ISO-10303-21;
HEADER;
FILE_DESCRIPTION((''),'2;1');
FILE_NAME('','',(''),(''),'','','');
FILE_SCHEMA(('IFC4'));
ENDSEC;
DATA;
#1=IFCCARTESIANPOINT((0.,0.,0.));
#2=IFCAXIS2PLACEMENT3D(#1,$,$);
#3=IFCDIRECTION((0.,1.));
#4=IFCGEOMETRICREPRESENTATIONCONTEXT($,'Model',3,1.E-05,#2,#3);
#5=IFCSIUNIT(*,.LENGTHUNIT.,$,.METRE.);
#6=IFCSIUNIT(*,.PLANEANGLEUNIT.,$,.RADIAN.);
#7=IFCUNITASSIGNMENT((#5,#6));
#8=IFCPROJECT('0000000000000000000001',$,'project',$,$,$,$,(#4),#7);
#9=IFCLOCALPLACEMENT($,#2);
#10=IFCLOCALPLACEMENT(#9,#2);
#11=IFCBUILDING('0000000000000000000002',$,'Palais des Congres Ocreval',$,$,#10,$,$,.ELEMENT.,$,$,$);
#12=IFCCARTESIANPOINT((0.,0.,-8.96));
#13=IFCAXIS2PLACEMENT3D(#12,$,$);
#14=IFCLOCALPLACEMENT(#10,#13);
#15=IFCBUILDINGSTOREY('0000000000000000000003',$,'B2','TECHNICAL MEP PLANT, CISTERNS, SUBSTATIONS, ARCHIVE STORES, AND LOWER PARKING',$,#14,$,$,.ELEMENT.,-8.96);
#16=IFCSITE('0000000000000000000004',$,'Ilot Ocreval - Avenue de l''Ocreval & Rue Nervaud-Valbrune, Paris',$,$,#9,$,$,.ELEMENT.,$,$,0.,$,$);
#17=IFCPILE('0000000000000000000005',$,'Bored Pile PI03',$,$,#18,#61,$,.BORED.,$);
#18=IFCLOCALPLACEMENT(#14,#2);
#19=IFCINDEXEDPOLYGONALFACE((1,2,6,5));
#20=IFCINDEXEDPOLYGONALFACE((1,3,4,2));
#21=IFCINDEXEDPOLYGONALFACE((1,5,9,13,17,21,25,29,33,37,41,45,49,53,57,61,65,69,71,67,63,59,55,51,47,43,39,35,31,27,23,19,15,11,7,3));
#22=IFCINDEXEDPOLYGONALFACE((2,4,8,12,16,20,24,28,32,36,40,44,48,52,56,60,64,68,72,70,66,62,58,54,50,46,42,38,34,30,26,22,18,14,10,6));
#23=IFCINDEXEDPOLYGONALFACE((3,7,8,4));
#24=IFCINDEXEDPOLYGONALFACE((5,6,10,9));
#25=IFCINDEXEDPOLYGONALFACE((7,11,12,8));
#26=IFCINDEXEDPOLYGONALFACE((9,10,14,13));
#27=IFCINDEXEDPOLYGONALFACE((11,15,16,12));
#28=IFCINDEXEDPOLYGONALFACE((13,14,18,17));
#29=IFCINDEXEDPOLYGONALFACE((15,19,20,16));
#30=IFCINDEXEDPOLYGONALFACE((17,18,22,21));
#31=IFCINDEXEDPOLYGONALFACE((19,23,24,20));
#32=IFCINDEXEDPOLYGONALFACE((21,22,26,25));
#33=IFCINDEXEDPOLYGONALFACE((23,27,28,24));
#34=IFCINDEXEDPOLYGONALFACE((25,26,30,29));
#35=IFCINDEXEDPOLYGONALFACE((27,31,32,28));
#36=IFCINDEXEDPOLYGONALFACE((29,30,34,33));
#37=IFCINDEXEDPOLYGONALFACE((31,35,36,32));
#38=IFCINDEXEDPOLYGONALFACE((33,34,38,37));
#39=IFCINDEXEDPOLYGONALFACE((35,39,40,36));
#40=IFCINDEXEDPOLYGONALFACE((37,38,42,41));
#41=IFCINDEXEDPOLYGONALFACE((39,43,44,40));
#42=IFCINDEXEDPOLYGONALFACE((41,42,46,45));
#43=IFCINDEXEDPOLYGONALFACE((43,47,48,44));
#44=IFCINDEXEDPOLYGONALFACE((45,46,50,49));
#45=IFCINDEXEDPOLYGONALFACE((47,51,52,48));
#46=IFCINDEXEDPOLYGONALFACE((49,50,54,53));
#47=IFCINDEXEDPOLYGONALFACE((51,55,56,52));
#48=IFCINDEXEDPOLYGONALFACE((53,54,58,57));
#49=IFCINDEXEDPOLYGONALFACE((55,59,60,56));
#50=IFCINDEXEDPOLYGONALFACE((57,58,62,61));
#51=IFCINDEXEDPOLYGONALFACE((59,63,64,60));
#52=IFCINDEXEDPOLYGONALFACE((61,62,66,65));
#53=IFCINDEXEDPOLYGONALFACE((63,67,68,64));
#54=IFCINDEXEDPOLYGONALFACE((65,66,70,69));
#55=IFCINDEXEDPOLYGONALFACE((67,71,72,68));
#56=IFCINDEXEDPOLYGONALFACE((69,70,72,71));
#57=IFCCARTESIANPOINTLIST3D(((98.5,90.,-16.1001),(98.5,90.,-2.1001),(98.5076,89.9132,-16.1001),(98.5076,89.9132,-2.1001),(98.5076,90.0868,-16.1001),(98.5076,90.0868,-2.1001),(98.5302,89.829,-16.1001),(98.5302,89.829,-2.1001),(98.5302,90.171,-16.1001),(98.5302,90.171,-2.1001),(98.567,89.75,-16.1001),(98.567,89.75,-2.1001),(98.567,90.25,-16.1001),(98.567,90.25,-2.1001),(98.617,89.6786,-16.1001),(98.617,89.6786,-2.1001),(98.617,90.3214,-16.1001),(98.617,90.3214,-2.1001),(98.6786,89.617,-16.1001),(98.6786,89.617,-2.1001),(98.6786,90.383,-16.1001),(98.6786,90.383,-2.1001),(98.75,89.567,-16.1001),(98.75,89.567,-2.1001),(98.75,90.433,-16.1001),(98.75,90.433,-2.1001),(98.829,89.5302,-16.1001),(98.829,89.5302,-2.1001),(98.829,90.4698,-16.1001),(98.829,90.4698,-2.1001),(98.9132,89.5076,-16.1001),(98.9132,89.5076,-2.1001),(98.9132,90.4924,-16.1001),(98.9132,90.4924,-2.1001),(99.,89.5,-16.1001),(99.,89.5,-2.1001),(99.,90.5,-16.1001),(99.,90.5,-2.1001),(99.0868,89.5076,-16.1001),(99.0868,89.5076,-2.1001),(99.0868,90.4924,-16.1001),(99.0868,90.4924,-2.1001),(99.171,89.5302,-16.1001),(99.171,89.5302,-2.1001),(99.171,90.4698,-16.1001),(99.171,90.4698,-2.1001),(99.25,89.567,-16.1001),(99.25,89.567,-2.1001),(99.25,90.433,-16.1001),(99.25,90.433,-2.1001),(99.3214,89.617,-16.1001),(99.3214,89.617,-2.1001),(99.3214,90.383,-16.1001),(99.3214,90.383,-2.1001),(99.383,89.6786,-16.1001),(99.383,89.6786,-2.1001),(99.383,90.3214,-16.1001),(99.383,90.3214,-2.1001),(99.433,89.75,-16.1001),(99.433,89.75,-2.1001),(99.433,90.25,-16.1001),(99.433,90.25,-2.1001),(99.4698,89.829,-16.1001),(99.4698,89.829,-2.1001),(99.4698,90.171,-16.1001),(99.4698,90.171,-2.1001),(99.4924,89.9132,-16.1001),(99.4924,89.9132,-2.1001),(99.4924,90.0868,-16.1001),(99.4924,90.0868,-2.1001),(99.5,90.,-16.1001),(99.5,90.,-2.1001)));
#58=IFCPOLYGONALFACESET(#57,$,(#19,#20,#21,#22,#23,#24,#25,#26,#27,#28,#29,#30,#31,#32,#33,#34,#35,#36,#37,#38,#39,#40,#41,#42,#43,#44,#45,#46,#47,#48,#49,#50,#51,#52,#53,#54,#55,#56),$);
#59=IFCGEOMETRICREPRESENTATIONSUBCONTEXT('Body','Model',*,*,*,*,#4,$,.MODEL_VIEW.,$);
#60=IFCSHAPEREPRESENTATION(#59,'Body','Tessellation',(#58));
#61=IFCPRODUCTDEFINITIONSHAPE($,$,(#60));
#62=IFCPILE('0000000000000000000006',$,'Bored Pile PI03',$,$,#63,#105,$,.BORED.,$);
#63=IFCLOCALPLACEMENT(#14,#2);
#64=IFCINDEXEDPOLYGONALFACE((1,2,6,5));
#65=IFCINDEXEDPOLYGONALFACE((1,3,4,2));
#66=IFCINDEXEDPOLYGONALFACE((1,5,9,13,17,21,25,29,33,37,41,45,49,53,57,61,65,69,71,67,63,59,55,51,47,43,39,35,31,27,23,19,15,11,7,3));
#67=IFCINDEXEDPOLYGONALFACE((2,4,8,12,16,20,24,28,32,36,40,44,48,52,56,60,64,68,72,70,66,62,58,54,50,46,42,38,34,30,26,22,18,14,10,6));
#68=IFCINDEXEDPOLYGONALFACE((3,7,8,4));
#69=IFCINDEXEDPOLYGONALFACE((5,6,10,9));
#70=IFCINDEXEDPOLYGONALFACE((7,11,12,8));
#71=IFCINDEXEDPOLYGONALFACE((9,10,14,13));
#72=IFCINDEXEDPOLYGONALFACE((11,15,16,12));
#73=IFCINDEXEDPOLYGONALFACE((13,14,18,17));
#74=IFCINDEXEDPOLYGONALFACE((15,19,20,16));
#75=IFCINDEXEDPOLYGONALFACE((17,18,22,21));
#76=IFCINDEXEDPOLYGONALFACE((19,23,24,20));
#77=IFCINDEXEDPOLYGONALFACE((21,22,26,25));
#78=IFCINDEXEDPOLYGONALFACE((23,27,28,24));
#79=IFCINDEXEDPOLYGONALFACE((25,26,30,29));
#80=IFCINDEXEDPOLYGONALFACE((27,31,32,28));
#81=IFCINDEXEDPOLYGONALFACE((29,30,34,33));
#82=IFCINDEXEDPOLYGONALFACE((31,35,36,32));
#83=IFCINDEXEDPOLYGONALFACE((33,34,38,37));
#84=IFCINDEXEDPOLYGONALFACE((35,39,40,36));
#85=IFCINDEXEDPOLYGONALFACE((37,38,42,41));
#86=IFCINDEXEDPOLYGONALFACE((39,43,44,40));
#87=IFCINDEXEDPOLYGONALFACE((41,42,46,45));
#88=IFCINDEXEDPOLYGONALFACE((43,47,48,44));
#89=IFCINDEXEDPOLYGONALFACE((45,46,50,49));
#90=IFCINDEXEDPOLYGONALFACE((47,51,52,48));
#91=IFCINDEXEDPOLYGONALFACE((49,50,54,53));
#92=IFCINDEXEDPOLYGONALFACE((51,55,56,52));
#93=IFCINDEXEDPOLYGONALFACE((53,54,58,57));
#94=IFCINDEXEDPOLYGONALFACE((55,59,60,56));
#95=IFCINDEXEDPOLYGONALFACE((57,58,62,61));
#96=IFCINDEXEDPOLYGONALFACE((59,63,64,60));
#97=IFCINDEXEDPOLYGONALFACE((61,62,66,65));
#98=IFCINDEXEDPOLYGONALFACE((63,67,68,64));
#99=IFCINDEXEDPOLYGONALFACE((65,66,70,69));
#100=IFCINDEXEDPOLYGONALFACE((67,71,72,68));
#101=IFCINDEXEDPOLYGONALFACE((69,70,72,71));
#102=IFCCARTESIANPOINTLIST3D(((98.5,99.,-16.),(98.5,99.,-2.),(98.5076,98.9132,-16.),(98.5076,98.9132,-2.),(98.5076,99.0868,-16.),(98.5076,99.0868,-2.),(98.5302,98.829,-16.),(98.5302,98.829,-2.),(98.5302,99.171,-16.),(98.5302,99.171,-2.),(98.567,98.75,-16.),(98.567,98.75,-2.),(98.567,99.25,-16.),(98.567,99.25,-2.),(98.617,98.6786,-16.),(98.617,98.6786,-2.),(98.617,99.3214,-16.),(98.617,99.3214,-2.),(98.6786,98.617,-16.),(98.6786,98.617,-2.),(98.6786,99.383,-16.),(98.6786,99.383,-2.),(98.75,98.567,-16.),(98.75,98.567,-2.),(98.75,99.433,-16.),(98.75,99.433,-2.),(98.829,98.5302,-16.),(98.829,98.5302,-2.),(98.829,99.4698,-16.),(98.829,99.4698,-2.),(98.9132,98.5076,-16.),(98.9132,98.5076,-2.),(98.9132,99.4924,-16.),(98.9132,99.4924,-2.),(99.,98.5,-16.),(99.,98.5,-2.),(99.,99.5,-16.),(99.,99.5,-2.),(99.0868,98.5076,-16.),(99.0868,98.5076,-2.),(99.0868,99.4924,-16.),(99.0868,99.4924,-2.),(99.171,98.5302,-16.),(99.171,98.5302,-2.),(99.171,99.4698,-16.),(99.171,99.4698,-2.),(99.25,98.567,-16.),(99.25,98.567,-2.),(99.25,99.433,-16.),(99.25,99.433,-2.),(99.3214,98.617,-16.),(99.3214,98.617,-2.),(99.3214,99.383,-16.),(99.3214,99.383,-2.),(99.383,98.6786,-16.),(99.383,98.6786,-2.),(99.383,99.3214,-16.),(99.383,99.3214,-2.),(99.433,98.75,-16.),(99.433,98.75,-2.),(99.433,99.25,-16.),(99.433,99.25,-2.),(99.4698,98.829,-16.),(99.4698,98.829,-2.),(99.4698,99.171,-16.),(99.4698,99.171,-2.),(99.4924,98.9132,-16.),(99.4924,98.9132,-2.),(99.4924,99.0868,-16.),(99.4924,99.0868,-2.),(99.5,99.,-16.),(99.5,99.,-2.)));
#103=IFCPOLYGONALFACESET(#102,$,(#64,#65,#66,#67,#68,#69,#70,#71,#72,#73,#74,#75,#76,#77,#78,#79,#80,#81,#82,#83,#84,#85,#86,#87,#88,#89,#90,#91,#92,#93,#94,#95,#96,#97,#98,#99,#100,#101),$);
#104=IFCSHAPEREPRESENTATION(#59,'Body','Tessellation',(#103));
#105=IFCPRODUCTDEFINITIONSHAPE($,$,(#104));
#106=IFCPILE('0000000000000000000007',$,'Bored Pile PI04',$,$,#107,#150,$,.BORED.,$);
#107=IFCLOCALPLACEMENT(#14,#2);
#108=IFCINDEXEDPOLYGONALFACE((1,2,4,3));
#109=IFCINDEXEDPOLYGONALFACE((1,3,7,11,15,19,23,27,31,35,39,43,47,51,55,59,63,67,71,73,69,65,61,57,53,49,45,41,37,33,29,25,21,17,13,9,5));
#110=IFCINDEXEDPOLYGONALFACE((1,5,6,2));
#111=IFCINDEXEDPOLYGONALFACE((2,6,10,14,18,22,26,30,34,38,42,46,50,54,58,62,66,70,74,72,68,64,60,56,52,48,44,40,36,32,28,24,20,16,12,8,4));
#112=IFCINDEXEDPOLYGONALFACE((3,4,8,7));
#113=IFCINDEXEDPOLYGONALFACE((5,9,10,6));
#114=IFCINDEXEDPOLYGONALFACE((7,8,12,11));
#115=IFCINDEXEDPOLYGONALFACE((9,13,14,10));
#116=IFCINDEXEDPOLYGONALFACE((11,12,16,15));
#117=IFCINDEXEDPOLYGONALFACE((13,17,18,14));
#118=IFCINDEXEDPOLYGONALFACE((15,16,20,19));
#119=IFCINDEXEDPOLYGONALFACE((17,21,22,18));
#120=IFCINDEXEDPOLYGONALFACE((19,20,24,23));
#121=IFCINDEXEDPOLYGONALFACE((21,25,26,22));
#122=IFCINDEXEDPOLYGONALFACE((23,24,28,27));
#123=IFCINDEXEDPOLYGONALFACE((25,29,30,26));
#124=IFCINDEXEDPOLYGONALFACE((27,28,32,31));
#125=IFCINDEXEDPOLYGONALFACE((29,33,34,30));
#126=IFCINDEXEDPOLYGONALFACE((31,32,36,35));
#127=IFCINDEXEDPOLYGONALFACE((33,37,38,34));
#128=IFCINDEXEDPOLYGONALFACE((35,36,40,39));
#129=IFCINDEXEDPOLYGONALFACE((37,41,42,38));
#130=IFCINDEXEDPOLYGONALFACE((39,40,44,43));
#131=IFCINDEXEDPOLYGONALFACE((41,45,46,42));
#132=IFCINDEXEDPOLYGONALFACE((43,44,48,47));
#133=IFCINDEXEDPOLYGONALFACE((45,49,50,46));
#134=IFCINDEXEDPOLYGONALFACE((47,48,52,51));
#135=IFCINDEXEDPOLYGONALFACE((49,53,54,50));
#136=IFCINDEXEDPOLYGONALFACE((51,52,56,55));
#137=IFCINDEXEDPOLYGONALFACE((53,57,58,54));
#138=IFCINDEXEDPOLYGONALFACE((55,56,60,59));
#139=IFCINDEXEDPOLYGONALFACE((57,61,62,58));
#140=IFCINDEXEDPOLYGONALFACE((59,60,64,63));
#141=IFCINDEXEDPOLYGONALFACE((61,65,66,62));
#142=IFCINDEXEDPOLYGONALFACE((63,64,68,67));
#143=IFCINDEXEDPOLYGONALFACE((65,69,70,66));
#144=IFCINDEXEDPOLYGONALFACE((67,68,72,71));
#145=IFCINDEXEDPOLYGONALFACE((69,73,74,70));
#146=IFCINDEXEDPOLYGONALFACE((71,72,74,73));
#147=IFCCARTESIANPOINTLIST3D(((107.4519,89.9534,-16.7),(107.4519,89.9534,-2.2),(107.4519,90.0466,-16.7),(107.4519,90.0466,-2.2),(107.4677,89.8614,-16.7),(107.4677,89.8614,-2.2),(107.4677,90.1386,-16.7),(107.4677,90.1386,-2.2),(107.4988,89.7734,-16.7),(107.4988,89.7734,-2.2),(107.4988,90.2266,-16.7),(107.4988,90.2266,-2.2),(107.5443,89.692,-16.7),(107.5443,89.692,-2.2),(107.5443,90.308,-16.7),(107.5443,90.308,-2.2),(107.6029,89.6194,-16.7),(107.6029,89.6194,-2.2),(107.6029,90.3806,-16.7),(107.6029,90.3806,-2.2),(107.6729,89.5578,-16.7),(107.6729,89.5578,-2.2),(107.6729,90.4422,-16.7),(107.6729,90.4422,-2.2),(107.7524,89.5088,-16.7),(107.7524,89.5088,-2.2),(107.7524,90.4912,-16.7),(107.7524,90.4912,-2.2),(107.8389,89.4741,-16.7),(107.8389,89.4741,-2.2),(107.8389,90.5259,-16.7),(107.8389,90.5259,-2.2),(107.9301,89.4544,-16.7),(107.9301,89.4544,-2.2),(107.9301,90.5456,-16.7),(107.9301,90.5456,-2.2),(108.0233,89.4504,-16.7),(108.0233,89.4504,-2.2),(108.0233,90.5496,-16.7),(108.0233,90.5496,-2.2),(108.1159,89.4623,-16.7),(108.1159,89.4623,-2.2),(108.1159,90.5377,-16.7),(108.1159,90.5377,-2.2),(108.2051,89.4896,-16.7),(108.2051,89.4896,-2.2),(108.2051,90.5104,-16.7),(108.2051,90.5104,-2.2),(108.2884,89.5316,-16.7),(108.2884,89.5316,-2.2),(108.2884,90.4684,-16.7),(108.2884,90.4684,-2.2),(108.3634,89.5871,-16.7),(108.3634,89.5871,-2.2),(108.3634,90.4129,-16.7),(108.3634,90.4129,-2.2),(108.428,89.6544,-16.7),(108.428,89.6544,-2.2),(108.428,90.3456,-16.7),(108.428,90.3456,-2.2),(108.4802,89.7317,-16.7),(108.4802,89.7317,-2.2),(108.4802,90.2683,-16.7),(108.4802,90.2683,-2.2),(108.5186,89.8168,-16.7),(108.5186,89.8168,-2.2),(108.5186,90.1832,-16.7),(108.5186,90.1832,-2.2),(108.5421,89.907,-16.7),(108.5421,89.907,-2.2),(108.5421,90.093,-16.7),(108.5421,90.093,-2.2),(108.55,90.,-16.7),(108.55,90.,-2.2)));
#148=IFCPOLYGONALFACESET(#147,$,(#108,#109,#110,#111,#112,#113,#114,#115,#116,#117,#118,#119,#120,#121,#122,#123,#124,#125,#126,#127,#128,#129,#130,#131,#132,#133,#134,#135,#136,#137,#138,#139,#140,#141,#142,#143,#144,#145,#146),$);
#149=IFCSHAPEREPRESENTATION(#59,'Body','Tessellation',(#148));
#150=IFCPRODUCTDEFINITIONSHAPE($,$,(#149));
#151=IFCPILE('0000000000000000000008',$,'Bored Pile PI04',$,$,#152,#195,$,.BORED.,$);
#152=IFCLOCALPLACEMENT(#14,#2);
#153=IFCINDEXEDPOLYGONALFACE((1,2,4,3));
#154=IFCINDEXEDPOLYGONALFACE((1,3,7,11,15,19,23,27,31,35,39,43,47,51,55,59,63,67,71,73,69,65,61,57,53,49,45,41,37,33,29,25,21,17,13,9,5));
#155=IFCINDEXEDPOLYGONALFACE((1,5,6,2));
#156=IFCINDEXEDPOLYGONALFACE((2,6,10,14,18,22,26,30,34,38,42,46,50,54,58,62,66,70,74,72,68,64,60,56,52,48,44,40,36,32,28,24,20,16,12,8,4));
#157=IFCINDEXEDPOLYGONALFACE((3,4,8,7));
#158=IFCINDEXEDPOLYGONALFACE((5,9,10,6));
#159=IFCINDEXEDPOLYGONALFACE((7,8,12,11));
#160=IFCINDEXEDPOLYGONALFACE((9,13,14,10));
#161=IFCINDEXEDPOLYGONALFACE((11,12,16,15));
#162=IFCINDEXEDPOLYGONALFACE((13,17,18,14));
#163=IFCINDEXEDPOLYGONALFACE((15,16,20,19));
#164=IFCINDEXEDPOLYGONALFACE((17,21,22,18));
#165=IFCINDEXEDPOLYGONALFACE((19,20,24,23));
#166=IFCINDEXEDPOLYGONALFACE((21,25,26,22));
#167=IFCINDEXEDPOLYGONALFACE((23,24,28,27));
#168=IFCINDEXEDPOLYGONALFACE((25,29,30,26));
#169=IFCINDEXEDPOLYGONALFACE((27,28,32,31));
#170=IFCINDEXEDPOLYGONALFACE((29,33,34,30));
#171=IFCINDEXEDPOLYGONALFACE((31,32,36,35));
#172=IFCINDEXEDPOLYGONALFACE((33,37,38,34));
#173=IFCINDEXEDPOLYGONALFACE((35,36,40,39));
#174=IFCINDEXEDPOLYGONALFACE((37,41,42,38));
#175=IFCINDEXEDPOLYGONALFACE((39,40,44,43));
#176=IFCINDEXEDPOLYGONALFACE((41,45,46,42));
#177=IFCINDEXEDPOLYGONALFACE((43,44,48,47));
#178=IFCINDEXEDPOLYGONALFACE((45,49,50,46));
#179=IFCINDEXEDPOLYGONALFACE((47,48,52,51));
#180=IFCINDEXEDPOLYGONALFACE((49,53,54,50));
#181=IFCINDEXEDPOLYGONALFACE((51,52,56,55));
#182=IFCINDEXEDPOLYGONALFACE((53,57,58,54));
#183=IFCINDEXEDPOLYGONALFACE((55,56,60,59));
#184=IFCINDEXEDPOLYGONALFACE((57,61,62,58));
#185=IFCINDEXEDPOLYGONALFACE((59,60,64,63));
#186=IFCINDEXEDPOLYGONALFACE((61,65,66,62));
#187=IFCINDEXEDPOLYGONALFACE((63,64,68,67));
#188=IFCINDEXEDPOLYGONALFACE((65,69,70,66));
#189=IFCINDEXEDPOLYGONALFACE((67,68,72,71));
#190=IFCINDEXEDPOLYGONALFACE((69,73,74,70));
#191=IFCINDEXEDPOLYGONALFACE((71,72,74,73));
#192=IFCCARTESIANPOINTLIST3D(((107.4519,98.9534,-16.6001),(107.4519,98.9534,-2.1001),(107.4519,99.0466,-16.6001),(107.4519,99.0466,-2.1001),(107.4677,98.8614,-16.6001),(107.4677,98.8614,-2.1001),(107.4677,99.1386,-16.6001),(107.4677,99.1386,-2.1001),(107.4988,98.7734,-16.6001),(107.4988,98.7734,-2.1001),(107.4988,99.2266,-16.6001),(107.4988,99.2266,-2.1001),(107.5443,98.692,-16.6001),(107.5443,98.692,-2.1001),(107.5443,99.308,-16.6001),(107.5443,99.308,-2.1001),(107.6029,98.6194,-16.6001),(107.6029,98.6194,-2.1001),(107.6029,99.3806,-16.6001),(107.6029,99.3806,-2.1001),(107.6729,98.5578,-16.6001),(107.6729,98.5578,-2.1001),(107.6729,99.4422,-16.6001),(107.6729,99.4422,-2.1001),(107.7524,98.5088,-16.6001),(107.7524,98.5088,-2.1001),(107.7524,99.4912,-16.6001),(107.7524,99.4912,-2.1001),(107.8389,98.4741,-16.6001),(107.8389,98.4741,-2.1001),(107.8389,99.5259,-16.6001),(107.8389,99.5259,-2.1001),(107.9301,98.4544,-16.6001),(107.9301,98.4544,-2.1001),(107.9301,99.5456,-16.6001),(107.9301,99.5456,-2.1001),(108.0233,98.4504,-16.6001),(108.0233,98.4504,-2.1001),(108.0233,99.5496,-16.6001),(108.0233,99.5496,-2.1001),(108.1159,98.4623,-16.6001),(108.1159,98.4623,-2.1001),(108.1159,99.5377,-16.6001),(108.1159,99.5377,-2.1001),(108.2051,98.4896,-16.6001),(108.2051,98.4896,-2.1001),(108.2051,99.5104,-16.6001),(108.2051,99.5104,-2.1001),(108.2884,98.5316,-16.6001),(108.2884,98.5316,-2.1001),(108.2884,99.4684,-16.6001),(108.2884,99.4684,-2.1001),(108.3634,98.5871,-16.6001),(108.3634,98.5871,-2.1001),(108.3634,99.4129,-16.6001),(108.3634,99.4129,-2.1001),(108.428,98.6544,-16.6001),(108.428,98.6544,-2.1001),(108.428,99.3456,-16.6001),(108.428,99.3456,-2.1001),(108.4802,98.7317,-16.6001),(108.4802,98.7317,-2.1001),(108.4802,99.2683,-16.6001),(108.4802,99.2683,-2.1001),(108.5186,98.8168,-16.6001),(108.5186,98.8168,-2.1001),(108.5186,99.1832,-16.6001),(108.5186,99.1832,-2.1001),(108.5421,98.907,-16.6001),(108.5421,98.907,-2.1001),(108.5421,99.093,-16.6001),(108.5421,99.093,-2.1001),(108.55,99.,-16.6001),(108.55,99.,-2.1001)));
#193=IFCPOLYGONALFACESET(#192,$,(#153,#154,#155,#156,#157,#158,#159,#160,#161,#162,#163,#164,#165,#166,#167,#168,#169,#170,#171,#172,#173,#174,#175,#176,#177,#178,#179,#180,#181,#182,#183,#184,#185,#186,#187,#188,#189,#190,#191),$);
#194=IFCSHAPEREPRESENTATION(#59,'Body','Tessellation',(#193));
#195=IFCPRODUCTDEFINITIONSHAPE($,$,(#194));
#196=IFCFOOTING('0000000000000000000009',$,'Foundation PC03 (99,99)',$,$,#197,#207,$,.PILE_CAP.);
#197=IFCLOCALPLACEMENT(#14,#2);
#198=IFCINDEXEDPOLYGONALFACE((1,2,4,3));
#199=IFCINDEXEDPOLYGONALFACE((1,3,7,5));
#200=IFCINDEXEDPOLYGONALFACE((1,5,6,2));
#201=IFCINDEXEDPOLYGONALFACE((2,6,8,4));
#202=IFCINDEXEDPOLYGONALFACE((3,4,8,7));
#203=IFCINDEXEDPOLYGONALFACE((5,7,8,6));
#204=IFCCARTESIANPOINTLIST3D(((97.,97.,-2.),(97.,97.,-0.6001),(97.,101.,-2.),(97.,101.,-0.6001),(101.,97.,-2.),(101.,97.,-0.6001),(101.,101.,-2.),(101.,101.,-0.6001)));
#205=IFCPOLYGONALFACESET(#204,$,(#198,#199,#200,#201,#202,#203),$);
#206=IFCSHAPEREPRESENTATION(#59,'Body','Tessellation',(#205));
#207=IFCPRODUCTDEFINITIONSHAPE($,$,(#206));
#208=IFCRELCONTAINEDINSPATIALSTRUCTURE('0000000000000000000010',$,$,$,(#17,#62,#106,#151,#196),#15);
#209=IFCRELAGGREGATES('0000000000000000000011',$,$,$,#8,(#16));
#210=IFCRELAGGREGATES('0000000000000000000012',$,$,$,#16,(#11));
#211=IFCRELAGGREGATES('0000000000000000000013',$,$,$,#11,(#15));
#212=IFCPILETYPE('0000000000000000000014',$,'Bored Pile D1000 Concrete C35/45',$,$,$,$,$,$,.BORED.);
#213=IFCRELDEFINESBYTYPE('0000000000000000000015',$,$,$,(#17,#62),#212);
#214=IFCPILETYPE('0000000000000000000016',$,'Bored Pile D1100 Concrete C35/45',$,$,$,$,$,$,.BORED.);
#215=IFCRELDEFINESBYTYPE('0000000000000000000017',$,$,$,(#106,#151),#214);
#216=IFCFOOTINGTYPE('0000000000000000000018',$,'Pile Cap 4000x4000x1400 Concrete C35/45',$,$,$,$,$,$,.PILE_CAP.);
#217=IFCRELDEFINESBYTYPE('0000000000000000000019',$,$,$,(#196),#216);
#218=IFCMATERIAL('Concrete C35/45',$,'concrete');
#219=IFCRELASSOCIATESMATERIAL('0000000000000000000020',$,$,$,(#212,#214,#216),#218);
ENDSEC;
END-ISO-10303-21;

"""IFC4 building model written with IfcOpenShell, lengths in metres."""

from ifc_helpers import new_model, si_unit, direction, frame, origin, origin_2d, place, context, subcontext, project, spatial, rectangle, circle, extrude, material, material_profile, profile_set, type_object, element, save


model = new_model("IFC4")

# Units and contexts
model_context = context("Model", 3, precision=1e-05, world=origin(), true_north=direction((0.0, 1.0)))
body_context = subcontext(model_context, "Body", "Model", "MODEL_VIEW")
ifc_project = project(units=[si_unit("LENGTHUNIT", "METRE"), si_unit("PLANEANGLEUNIT", "RADIAN")], contexts=[model_context])

# Site, building, storey
site_placement = place(None, origin())
site = spatial("IfcSite", under=ifc_project, at=site_placement, Name="Ilot Ocreval - Avenue de l'Ocreval & Rue Nervaud-Valbrune, Paris", CompositionType="ELEMENT", RefElevation=0.0)
building_placement = place(site_placement, origin())
building = spatial("IfcBuilding", under=site, at=building_placement, Name="Palais des Congres Ocreval", CompositionType="ELEMENT")
storey_placement = place(building_placement, frame((0.0, 0.0, -8.96)))
storey = spatial("IfcBuildingStorey", under=building, at=storey_placement, Name="B2", Description="TECHNICAL MEP PLANT, CISTERNS, SUBSTATIONS, ARCHIVE STORES, AND LOWER PARKING", CompositionType="ELEMENT", Elevation=-8.96)

# Piles
ifc_material_1 = material(Name="Concrete C35/45", Category="concrete")
ifc_material_profile_1 = material_profile(ifc_material_1, circle(Radius=0.5, at=origin_2d()), Name="BORED PILE 1000")
ifc_profile_set_1 = profile_set([ifc_material_profile_1], Name="Concrete C35/45")
pile_type_1 = type_object("IfcPileType", Name="Bored Pile D1000 Concrete C35/45", PredefinedType="BORED", material=ifc_profile_set_1)
for number, where, z_axis, x_axis, name in (
    (1, (99.0, 90.0, -2.1001), (0.0, 0.0, -1.0), (1.0, 0.0, 0.0), "Bored Pile PI03"),
    (2, (99.0, 99.0, -2.0), (0.0, 0.0, -1.0), (1.0, 0.0, 0.0), "Bored Pile PI03"),
):
    element("IfcPile", number, at=place(storey_placement, frame(where, z_axis=z_axis, x_axis=x_axis)), inside=storey, type_object=pile_type_1, Name=name, PredefinedType="BORED", context=body_context, shape_type="SweptSolid", body=[
        extrude(circle(Radius=0.5, at=origin_2d()), origin(), (0.0, 0.0, 1.0), 14.0),
    ])
ifc_material_profile_2 = material_profile(ifc_material_1, circle(Radius=0.55, at=origin_2d()), Name="BORED PILE 1100")
ifc_profile_set_2 = profile_set([ifc_material_profile_2], Name="Concrete C35/45")
pile_type_2 = type_object("IfcPileType", Name="Bored Pile D1100 Concrete C35/45", PredefinedType="BORED", material=ifc_profile_set_2)
for number, where, z_axis, x_axis, name in (
    (3, (108.0, 90.0, -2.2), (0.0, 0.0, -1.0), (1.0, 0.0, 0.0), "Bored Pile PI04"),
    (4, (108.0, 99.0, -2.1001), (0.0, 0.0, -1.0), (1.0, 0.0, 0.0), "Bored Pile PI04"),
):
    element("IfcPile", number, at=place(storey_placement, frame(where, z_axis=z_axis, x_axis=x_axis)), inside=storey, type_object=pile_type_2, Name=name, PredefinedType="BORED", context=body_context, shape_type="SweptSolid", body=[
        extrude(circle(Radius=0.55, at=origin_2d()), origin(), (0.0, 0.0, 1.0), 14.5),
    ])

# Footing
footing_type_1 = type_object("IfcFootingType", Name="Pile Cap 4000x4000x1400 Concrete C35/45", PredefinedType="PILE_CAP", material=ifc_material_1)
footing_1_placement = place(storey_placement, frame((99.0, 99.0, -2.0), z_axis=(0.0, 0.0, 1.0), x_axis=(1.0, 0.0, 0.0)))
element("IfcFooting", 5, at=footing_1_placement, inside=storey, type_object=footing_type_1, Name="Foundation PC03 (99,99)", PredefinedType="PILE_CAP", context=body_context, shape_type="SweptSolid", body=[
    extrude(rectangle(XDim=4.0, YDim=4.0, at=origin_2d()), origin(), (0.0, 0.0, 1.0), 1.3999),
])

save(model, "model.ifc")
